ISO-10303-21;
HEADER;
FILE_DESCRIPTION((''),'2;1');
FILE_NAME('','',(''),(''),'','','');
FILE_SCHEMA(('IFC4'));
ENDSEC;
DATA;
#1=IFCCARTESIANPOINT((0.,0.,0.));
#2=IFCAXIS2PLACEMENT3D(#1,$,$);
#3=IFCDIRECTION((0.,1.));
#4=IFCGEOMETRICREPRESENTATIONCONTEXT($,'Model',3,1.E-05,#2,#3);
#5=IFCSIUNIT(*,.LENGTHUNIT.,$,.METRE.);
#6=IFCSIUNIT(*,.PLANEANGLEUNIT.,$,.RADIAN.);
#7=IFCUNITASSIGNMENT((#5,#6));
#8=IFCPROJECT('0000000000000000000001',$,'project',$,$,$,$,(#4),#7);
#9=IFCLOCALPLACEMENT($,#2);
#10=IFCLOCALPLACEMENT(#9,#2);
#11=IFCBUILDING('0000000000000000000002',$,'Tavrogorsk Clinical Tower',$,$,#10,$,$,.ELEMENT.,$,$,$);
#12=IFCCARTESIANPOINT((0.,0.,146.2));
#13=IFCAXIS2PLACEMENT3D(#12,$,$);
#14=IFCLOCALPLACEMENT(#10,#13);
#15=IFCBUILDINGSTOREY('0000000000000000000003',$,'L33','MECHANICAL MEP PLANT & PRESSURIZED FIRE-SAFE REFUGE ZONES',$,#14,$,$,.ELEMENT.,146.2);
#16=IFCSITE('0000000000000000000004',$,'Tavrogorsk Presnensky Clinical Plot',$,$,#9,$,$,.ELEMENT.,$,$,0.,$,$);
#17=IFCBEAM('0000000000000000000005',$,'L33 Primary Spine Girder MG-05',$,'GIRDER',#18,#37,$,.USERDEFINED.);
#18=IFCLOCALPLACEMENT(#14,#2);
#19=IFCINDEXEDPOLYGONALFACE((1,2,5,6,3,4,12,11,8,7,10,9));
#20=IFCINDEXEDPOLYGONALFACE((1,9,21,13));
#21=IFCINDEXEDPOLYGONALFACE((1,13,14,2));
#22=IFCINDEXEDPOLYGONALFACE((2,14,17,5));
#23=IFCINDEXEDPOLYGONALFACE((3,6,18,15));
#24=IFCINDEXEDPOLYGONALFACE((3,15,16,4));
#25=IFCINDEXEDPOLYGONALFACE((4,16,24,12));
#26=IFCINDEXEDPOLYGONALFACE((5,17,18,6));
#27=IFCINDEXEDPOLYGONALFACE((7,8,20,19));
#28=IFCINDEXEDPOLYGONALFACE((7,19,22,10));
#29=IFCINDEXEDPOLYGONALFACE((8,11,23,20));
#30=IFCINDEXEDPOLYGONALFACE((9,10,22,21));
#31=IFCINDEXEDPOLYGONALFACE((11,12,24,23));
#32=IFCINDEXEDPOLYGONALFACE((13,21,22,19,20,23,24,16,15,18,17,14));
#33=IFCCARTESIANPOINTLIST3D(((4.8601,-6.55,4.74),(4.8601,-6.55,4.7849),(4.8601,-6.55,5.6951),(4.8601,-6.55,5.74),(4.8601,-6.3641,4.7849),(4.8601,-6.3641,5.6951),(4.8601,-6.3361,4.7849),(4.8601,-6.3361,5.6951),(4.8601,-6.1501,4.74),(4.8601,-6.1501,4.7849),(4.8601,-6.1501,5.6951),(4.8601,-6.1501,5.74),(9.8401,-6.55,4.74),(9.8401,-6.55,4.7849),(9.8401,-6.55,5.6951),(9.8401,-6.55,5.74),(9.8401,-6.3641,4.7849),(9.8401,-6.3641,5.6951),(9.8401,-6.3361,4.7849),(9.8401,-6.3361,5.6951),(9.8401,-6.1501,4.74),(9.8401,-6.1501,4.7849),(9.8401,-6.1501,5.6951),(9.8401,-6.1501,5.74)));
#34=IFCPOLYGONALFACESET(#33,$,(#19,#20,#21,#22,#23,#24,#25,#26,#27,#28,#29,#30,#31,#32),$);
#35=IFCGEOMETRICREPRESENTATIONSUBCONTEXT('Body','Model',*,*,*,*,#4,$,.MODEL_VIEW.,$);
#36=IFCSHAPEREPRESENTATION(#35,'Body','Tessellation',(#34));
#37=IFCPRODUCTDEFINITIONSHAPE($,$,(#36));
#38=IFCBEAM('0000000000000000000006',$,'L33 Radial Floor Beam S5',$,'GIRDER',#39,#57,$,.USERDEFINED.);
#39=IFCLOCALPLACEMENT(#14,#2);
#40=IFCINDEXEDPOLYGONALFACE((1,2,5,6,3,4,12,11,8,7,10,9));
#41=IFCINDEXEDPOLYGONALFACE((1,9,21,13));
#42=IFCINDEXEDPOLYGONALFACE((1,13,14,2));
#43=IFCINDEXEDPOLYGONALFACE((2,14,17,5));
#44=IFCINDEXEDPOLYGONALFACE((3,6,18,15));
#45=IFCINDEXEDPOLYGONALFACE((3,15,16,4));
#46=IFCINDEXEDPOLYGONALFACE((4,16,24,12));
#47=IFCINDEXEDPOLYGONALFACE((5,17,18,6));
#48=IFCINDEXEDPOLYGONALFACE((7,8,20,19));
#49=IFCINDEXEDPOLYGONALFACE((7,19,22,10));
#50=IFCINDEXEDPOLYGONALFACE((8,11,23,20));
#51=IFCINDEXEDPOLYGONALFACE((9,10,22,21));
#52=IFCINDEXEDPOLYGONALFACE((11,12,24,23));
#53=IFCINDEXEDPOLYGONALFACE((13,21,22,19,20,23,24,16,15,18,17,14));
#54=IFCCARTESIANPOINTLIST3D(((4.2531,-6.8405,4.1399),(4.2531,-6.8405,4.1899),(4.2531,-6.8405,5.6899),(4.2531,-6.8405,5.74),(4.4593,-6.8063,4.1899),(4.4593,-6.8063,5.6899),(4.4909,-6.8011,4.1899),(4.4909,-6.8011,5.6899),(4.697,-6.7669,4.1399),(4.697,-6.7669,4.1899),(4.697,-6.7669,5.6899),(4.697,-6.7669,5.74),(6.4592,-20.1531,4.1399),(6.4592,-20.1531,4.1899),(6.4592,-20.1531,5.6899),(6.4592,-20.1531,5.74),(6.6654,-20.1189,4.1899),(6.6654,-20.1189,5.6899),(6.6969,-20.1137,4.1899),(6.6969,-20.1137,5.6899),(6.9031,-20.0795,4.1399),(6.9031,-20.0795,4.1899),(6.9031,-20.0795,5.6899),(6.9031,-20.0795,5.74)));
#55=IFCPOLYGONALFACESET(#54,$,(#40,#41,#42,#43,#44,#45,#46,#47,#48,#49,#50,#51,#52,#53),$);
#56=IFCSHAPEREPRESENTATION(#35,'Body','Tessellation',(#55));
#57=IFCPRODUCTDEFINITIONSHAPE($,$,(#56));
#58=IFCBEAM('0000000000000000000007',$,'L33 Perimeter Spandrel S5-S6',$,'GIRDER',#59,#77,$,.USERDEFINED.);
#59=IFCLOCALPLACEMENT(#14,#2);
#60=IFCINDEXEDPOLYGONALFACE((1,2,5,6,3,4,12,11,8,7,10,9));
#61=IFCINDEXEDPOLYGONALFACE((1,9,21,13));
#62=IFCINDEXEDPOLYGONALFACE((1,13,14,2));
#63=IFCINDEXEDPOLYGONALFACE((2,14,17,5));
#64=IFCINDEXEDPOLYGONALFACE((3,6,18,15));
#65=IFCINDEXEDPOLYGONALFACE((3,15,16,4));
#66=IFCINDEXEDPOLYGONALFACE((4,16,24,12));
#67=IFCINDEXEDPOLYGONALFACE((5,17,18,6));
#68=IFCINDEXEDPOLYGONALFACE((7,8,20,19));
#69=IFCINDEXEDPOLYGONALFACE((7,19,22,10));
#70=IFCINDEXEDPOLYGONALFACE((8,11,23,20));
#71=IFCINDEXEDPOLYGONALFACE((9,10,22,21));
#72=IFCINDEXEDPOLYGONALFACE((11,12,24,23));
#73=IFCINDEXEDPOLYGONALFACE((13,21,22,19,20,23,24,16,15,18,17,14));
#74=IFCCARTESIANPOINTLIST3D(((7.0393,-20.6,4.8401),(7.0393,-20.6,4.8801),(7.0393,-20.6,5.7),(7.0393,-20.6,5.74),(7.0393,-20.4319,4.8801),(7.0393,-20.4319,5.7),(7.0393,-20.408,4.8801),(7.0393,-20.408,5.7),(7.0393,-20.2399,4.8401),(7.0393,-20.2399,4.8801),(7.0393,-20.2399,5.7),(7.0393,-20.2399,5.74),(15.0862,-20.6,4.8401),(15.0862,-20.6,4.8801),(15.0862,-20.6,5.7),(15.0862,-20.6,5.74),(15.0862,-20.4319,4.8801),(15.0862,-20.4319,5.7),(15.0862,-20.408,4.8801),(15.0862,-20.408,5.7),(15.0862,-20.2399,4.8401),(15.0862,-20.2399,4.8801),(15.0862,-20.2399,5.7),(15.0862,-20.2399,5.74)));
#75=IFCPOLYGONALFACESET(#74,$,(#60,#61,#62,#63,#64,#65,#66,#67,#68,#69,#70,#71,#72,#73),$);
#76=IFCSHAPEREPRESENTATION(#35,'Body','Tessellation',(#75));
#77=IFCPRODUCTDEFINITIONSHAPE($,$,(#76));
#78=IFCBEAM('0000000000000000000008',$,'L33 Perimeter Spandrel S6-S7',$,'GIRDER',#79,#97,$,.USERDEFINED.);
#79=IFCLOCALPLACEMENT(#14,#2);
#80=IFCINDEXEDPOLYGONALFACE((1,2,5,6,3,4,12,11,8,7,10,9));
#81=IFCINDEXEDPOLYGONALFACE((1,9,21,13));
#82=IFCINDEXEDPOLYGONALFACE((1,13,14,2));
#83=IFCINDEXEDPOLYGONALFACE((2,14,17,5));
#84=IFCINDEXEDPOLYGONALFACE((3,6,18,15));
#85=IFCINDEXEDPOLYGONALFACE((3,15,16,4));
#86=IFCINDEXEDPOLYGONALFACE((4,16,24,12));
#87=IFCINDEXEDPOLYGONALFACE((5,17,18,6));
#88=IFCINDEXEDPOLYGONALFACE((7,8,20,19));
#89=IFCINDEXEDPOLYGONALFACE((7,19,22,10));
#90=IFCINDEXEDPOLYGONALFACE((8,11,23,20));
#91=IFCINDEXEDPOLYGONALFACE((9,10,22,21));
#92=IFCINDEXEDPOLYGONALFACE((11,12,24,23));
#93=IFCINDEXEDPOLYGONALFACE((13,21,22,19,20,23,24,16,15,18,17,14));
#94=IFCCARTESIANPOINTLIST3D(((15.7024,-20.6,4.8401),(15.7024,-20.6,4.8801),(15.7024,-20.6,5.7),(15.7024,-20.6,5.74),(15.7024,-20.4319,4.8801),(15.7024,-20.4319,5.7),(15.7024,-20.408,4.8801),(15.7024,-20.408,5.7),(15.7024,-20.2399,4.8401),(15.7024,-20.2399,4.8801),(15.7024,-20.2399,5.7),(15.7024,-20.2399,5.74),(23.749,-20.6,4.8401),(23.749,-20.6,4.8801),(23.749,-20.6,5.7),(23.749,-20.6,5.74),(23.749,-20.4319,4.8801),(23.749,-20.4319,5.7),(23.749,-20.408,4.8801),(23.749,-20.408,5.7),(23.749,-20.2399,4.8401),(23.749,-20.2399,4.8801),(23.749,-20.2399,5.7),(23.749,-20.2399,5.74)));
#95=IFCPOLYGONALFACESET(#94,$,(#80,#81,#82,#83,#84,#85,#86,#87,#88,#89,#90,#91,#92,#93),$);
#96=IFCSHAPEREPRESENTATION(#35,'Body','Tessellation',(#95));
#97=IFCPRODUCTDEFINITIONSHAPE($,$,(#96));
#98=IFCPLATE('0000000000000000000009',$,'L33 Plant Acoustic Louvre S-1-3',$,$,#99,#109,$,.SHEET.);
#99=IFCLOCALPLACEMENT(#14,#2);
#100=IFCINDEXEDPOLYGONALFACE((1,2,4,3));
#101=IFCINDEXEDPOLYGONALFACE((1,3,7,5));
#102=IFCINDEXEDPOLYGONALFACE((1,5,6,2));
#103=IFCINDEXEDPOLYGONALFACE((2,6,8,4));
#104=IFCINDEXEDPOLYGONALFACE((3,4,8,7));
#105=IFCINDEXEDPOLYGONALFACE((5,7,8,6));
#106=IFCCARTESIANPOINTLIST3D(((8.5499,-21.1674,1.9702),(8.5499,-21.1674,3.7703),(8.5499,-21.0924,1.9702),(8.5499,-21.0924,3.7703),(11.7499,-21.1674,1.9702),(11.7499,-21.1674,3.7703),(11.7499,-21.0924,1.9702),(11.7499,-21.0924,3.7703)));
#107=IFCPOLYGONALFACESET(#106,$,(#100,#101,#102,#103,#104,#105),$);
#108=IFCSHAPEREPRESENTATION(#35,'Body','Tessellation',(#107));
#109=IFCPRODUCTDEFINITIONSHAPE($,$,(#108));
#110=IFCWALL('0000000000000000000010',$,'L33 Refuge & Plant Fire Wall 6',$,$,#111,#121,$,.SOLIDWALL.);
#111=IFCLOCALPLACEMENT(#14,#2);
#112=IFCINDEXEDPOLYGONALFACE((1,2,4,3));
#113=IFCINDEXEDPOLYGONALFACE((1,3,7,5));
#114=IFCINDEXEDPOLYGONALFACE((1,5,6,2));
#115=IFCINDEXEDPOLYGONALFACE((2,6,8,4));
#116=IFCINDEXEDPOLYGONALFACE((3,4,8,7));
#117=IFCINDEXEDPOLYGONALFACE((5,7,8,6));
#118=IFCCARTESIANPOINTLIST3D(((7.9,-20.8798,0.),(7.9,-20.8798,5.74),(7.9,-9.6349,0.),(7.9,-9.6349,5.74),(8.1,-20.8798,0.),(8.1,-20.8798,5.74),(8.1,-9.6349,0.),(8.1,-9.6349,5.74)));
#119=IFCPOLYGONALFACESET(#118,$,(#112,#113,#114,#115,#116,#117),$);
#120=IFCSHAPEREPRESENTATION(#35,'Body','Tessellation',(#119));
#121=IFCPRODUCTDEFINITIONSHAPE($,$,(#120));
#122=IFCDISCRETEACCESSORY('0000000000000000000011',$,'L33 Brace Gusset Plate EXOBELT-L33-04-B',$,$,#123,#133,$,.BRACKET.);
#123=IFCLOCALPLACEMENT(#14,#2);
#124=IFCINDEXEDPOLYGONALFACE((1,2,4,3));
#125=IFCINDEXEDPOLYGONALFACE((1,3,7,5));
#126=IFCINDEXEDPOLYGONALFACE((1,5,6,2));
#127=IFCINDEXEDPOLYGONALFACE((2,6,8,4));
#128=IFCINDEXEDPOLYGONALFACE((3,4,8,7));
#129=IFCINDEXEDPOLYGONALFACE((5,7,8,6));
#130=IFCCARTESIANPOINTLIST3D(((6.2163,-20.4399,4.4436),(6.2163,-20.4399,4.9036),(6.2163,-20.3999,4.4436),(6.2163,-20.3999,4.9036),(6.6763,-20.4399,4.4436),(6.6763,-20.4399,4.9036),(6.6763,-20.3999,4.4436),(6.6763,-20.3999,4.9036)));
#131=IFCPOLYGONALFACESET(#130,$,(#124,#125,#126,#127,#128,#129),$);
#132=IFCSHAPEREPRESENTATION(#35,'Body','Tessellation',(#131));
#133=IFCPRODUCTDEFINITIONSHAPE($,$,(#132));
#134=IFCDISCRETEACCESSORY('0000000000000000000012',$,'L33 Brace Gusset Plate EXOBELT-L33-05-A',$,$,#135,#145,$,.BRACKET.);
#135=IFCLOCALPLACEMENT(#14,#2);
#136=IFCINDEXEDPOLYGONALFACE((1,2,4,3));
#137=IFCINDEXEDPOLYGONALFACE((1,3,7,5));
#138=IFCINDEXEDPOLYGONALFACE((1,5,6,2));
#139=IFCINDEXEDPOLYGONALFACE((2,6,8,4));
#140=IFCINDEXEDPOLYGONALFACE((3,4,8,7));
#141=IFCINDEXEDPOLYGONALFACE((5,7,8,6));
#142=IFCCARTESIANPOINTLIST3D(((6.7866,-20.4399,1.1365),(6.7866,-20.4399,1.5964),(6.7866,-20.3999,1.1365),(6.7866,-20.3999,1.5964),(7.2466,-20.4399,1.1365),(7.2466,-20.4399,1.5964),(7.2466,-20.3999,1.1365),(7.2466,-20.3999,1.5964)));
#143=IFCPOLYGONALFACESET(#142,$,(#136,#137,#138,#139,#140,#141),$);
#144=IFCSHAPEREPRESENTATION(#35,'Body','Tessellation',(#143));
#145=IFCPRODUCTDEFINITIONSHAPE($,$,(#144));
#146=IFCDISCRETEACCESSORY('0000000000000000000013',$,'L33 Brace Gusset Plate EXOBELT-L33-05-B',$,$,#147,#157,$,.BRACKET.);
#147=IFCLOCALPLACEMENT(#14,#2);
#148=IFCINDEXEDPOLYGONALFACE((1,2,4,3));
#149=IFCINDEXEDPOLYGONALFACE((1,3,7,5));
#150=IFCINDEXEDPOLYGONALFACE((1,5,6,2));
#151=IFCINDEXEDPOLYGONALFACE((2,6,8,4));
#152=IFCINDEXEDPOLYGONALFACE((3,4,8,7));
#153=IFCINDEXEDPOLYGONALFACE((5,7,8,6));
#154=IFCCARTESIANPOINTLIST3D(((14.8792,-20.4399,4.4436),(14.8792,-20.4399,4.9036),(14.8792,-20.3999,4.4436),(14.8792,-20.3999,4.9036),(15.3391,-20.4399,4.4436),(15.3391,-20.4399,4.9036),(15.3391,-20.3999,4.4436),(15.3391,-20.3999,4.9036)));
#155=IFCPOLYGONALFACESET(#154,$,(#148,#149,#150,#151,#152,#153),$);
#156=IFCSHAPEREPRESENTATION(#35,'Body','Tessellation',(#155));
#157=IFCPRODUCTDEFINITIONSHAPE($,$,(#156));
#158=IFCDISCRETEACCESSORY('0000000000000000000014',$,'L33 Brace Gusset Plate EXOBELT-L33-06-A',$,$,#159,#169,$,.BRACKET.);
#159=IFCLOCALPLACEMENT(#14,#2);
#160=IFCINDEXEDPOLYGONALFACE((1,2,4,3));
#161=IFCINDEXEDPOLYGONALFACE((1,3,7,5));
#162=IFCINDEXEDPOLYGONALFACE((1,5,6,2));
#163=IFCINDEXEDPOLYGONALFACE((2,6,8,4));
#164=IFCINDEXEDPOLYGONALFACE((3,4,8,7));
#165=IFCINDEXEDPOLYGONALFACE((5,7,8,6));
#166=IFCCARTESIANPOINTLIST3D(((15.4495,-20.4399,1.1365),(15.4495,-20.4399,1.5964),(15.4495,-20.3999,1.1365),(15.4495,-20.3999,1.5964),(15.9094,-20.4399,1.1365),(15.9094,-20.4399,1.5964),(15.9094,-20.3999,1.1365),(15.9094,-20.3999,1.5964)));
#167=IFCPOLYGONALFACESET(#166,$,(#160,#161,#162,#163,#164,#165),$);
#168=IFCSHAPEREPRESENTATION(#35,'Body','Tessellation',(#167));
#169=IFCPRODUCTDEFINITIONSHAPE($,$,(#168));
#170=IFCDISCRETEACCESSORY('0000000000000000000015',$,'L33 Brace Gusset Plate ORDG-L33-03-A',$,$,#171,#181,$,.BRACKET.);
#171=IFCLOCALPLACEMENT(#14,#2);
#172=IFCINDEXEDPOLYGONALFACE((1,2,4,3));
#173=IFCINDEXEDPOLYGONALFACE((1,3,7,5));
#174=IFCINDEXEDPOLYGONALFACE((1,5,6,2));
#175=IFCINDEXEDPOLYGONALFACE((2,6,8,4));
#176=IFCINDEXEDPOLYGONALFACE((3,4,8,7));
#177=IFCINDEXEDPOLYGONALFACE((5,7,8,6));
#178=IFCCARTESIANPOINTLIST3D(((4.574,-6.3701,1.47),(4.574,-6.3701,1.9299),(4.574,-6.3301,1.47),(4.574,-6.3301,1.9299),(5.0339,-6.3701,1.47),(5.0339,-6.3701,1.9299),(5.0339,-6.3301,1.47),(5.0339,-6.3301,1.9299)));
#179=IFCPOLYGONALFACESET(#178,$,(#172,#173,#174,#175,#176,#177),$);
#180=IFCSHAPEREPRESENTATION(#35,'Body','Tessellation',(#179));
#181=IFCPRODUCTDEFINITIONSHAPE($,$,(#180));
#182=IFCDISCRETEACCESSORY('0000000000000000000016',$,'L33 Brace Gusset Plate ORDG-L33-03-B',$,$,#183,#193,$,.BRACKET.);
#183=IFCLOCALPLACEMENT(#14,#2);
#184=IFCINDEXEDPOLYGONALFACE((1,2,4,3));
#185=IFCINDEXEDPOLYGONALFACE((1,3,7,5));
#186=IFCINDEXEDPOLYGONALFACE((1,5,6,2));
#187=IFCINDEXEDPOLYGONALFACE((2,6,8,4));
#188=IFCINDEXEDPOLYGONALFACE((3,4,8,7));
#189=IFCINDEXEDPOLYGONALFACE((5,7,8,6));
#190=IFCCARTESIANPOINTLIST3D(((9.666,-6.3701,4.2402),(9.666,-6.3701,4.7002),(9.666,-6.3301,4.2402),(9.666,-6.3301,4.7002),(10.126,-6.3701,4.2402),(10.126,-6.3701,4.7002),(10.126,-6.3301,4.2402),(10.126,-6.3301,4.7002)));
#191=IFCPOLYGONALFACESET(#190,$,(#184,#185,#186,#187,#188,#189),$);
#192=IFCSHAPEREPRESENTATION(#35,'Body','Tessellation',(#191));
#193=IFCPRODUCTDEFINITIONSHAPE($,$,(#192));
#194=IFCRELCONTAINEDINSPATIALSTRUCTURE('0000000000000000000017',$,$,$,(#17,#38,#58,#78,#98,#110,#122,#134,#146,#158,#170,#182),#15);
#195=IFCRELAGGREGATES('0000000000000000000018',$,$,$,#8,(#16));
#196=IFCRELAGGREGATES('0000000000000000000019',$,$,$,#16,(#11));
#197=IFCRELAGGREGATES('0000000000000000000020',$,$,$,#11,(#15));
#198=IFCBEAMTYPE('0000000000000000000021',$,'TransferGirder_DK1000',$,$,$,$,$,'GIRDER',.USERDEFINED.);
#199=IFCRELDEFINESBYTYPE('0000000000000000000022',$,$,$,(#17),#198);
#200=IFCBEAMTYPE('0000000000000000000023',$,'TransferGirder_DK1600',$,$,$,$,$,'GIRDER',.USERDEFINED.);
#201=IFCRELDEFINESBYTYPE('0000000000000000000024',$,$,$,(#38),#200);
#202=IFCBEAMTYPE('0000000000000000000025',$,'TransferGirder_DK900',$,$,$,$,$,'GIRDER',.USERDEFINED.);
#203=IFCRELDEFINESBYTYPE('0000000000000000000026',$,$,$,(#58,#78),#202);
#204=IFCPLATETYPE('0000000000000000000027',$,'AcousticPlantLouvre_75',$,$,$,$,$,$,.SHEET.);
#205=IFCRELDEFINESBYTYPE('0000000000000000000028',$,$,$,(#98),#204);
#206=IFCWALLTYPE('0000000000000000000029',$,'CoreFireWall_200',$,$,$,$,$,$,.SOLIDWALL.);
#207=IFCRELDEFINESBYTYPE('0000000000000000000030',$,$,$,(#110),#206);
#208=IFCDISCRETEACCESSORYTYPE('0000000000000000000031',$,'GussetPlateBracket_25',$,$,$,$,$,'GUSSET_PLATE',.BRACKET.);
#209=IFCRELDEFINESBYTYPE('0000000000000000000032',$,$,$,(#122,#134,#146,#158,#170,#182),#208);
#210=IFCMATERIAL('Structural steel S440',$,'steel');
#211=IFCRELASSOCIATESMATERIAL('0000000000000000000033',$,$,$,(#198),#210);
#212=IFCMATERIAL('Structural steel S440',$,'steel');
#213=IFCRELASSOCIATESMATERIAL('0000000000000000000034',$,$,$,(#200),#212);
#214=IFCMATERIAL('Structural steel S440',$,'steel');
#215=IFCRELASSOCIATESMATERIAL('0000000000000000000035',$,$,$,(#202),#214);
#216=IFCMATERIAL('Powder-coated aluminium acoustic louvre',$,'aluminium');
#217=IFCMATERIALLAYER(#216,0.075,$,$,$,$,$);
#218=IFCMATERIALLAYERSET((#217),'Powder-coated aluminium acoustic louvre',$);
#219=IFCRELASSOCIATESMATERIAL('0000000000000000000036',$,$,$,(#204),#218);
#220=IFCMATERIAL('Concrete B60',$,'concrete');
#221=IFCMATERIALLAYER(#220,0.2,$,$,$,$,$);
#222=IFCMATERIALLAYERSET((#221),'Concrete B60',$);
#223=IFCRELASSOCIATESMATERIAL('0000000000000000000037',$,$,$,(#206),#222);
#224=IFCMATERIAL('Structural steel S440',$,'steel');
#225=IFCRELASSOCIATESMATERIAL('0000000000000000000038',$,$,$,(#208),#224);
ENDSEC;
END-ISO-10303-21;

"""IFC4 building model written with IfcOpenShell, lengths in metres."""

from ifc_helpers import new_model, si_unit, direction, frame, frame_2d, origin, origin_2d, place, context, subcontext, project, spatial, rectangle, i_section, extrude, material, layer, layer_set, material_profile, profile_set, type_object, element, save


model = new_model("IFC4")

# Units and contexts
model_context = context("Model", 3, precision=1e-05, world=origin(), true_north=direction((0.0, 1.0)))
body_context = subcontext(model_context, "Body", "Model", "MODEL_VIEW")
ifc_project = project(units=[si_unit("LENGTHUNIT", "METRE"), si_unit("PLANEANGLEUNIT", "RADIAN")], contexts=[model_context])

# Site, building, storey
site_placement = place(None, origin())
site = spatial("IfcSite", under=ifc_project, at=site_placement, Name="Tavrogorsk Presnensky Clinical Plot", CompositionType="ELEMENT", RefElevation=0.0)
building_placement = place(site_placement, origin())
building = spatial("IfcBuilding", under=site, at=building_placement, Name="Tavrogorsk Clinical Tower", CompositionType="ELEMENT")
storey_placement = place(building_placement, frame((0.0, 0.0, 146.2)))
storey = spatial("IfcBuildingStorey", under=building, at=storey_placement, Name="L33", Description="MECHANICAL MEP PLANT & PRESSURIZED FIRE-SAFE REFUGE ZONES", CompositionType="ELEMENT", Elevation=146.2)

# Beams
ifc_material_1 = material(Name="Structural steel S440", Category="steel")
ifc_material_profile_1 = material_profile(ifc_material_1, i_section(OverallWidth=0.3999, OverallDepth=1.0, WebThickness=0.0281, FlangeThickness=0.0449, at=origin_2d()), Name="DK-1000x400x28x45")
ifc_profile_set_1 = profile_set([ifc_material_profile_1], Name="Structural steel S440")
beam_type_1 = type_object("IfcBeamType", Name="TransferGirder_DK1000", ElementType="GIRDER", PredefinedType="USERDEFINED", material=ifc_profile_set_1)
beam_1_placement = place(storey_placement, frame((4.8601, -6.3501, 5.24), z_axis=(1.0, 0.0, 0.0), x_axis=(0.0, 1.0, 0.0)))
element("IfcBeam", 1, at=beam_1_placement, inside=storey, type_object=beam_type_1, Name="L33 Primary Spine Girder MG-05", ObjectType="GIRDER", PredefinedType="USERDEFINED", context=body_context, shape_type="SweptSolid", body=[
    extrude(i_section(OverallWidth=0.3999, OverallDepth=1.0, WebThickness=0.0281, FlangeThickness=0.0449, at=origin_2d()), origin(), (0.0, 0.0, 1.0), 4.98),
])
ifc_material_2 = material(Name="Structural steel S440", Category="steel")
ifc_material_profile_2 = material_profile(ifc_material_2, i_section(OverallWidth=0.45, OverallDepth=1.6001, WebThickness=0.032, FlangeThickness=0.05, at=origin_2d()), Name="DK-1600x450x32x50")
ifc_profile_set_2 = profile_set([ifc_material_profile_2], Name="Structural steel S440")
beam_type_2 = type_object("IfcBeamType", Name="TransferGirder_DK1600", ElementType="GIRDER", PredefinedType="USERDEFINED", material=ifc_profile_set_2)
beam_2_placement = place(storey_placement, frame((4.4751, -6.8037, 4.9399), z_axis=(0.163484, -0.986546, 0.0), x_axis=(0.986546, 0.163484, 0.0)))
element("IfcBeam", 2, at=beam_2_placement, inside=storey, type_object=beam_type_2, Name="L33 Radial Floor Beam S5", ObjectType="GIRDER", PredefinedType="USERDEFINED", context=body_context, shape_type="SweptSolid", body=[
    extrude(i_section(OverallWidth=0.45, OverallDepth=1.6001, WebThickness=0.032, FlangeThickness=0.05, at=origin_2d()), origin(), (0.0, 0.0, 1.0), 13.4941),
])
ifc_material_3 = material(Name="Structural steel S440", Category="steel")
ifc_material_profile_3 = material_profile(ifc_material_3, i_section(OverallWidth=0.3601, OverallDepth=0.8999, WebThickness=0.0239, FlangeThickness=0.04, at=origin_2d()), Name="DK-900x360x24x40")
ifc_profile_set_3 = profile_set([ifc_material_profile_3], Name="Structural steel S440")
beam_type_3 = type_object("IfcBeamType", Name="TransferGirder_DK900", ElementType="GIRDER", PredefinedType="USERDEFINED", material=ifc_profile_set_3)
beam_3_placement = place(storey_placement, frame((7.0393, -20.4199, 5.29), z_axis=(1.0, 0.0, 0.0), x_axis=(0.0, 1.0, 0.0)))
element("IfcBeam", 3, at=beam_3_placement, inside=storey, type_object=beam_type_3, Name="L33 Perimeter Spandrel S5-S6", ObjectType="GIRDER", PredefinedType="USERDEFINED", context=body_context, shape_type="SweptSolid", body=[
    extrude(i_section(OverallWidth=0.3601, OverallDepth=0.8999, WebThickness=0.0239, FlangeThickness=0.04, at=origin_2d()), origin(), (0.0, 0.0, 1.0), 8.0469),
])
beam_4_placement = place(storey_placement, frame((15.7024, -20.4199, 5.29), z_axis=(1.0, 0.0, 0.0), x_axis=(0.0, 1.0, 0.0)))
element("IfcBeam", 4, at=beam_4_placement, inside=storey, type_object=beam_type_3, Name="L33 Perimeter Spandrel S6-S7", ObjectType="GIRDER", PredefinedType="USERDEFINED", context=body_context, shape_type="SweptSolid", body=[
    extrude(i_section(OverallWidth=0.3601, OverallDepth=0.8999, WebThickness=0.0239, FlangeThickness=0.04, at=origin_2d()), origin(), (0.0, 0.0, 1.0), 8.0466),
])

# Plate
ifc_material_4 = material(Name="Powder-coated aluminium acoustic louvre", Category="aluminium")
ifc_layer_1 = layer(ifc_material_4, 0.075)
ifc_layer_set_1 = layer_set([ifc_layer_1], Name="Powder-coated aluminium acoustic louvre")
plate_type = type_object("IfcPlateType", Name="AcousticPlantLouvre_75", PredefinedType="SHEET", material=ifc_layer_set_1)
plate_placement = place(storey_placement, frame((10.1499, -21.1299, 1.9702), z_axis=(0.0, 0.0, 1.0), x_axis=(1.0, 0.0, 0.0)))
element("IfcPlate", 5, at=plate_placement, inside=storey, type_object=plate_type, Name="L33 Plant Acoustic Louvre S-1-3", PredefinedType="SHEET", context=body_context, shape_type="SweptSolid", body=[
    extrude(rectangle(XDim=3.2, YDim=0.075, at=origin_2d()), origin(), (0.0, 0.0, 1.0), 1.8),
])

# Wall
ifc_material_5 = material(Name="Concrete B60", Category="concrete")
ifc_layer_2 = layer(ifc_material_5, 0.2)
ifc_layer_set_2 = layer_set([ifc_layer_2], Name="Concrete B60")
wall_type = type_object("IfcWallType", Name="CoreFireWall_200", PredefinedType="SOLIDWALL", material=ifc_layer_set_2)
wall_placement = place(storey_placement, frame((8.0, -20.8799, 0.0), z_axis=(0.0, 0.0, 1.0), x_axis=(0.0, 1.0, 0.0)))
element("IfcWall", 6, at=wall_placement, inside=storey, type_object=wall_type, Name="L33 Refuge & Plant Fire Wall 6", PredefinedType="SOLIDWALL", context=body_context, shape_type="SweptSolid", body=[
    extrude(rectangle(XDim=11.2449, YDim=0.2, at=frame_2d((5.6226, 0.0))), origin(), (0.0, 0.0, 1.0), 5.74),
])

# Discrete accessories
ifc_material_6 = material(Name="Structural steel S440", Category="steel")
discrete_accessory_type_1 = type_object("IfcDiscreteAccessoryType", Name="GussetPlateBracket_25", ElementType="GUSSET_PLATE", PredefinedType="BRACKET", material=ifc_material_6)
for number, where, z_axis, x_axis, name in (
    (7, (6.4463, -20.4199, 4.4436), (0.0, 0.0, 1.0), (1.0, 0.0, 0.0), "L33 Brace Gusset Plate EXOBELT-L33-04-B"),
    (8, (7.0166, -20.4199, 1.1365), (0.0, 0.0, 1.0), (1.0, 0.0, 0.0), "L33 Brace Gusset Plate EXOBELT-L33-05-A"),
    (9, (15.1091, -20.4199, 4.4436), (0.0, 0.0, 1.0), (1.0, 0.0, 0.0), "L33 Brace Gusset Plate EXOBELT-L33-05-B"),
    (10, (15.6794, -20.4199, 1.1365), (0.0, 0.0, 1.0), (1.0, 0.0, 0.0), "L33 Brace Gusset Plate EXOBELT-L33-06-A"),
    (11, (4.804, -6.3501, 1.47), (0.0, 0.0, 1.0), (1.0, 0.0, 0.0), "L33 Brace Gusset Plate ORDG-L33-03-A"),
    (12, (9.896, -6.3501, 4.2402), (0.0, 0.0, 1.0), (1.0, 0.0, 0.0), "L33 Brace Gusset Plate ORDG-L33-03-B"),
):
    element("IfcDiscreteAccessory", number, at=place(storey_placement, frame(where, z_axis=z_axis, x_axis=x_axis)), inside=storey, type_object=discrete_accessory_type_1, Name=name, PredefinedType="BRACKET", context=body_context, shape_type="SweptSolid", body=[
        extrude(rectangle(XDim=0.46, YDim=0.04, at=origin_2d()), origin(), (0.0, 0.0, 1.0), 0.46),
    ])

save(model, "model.ifc")
